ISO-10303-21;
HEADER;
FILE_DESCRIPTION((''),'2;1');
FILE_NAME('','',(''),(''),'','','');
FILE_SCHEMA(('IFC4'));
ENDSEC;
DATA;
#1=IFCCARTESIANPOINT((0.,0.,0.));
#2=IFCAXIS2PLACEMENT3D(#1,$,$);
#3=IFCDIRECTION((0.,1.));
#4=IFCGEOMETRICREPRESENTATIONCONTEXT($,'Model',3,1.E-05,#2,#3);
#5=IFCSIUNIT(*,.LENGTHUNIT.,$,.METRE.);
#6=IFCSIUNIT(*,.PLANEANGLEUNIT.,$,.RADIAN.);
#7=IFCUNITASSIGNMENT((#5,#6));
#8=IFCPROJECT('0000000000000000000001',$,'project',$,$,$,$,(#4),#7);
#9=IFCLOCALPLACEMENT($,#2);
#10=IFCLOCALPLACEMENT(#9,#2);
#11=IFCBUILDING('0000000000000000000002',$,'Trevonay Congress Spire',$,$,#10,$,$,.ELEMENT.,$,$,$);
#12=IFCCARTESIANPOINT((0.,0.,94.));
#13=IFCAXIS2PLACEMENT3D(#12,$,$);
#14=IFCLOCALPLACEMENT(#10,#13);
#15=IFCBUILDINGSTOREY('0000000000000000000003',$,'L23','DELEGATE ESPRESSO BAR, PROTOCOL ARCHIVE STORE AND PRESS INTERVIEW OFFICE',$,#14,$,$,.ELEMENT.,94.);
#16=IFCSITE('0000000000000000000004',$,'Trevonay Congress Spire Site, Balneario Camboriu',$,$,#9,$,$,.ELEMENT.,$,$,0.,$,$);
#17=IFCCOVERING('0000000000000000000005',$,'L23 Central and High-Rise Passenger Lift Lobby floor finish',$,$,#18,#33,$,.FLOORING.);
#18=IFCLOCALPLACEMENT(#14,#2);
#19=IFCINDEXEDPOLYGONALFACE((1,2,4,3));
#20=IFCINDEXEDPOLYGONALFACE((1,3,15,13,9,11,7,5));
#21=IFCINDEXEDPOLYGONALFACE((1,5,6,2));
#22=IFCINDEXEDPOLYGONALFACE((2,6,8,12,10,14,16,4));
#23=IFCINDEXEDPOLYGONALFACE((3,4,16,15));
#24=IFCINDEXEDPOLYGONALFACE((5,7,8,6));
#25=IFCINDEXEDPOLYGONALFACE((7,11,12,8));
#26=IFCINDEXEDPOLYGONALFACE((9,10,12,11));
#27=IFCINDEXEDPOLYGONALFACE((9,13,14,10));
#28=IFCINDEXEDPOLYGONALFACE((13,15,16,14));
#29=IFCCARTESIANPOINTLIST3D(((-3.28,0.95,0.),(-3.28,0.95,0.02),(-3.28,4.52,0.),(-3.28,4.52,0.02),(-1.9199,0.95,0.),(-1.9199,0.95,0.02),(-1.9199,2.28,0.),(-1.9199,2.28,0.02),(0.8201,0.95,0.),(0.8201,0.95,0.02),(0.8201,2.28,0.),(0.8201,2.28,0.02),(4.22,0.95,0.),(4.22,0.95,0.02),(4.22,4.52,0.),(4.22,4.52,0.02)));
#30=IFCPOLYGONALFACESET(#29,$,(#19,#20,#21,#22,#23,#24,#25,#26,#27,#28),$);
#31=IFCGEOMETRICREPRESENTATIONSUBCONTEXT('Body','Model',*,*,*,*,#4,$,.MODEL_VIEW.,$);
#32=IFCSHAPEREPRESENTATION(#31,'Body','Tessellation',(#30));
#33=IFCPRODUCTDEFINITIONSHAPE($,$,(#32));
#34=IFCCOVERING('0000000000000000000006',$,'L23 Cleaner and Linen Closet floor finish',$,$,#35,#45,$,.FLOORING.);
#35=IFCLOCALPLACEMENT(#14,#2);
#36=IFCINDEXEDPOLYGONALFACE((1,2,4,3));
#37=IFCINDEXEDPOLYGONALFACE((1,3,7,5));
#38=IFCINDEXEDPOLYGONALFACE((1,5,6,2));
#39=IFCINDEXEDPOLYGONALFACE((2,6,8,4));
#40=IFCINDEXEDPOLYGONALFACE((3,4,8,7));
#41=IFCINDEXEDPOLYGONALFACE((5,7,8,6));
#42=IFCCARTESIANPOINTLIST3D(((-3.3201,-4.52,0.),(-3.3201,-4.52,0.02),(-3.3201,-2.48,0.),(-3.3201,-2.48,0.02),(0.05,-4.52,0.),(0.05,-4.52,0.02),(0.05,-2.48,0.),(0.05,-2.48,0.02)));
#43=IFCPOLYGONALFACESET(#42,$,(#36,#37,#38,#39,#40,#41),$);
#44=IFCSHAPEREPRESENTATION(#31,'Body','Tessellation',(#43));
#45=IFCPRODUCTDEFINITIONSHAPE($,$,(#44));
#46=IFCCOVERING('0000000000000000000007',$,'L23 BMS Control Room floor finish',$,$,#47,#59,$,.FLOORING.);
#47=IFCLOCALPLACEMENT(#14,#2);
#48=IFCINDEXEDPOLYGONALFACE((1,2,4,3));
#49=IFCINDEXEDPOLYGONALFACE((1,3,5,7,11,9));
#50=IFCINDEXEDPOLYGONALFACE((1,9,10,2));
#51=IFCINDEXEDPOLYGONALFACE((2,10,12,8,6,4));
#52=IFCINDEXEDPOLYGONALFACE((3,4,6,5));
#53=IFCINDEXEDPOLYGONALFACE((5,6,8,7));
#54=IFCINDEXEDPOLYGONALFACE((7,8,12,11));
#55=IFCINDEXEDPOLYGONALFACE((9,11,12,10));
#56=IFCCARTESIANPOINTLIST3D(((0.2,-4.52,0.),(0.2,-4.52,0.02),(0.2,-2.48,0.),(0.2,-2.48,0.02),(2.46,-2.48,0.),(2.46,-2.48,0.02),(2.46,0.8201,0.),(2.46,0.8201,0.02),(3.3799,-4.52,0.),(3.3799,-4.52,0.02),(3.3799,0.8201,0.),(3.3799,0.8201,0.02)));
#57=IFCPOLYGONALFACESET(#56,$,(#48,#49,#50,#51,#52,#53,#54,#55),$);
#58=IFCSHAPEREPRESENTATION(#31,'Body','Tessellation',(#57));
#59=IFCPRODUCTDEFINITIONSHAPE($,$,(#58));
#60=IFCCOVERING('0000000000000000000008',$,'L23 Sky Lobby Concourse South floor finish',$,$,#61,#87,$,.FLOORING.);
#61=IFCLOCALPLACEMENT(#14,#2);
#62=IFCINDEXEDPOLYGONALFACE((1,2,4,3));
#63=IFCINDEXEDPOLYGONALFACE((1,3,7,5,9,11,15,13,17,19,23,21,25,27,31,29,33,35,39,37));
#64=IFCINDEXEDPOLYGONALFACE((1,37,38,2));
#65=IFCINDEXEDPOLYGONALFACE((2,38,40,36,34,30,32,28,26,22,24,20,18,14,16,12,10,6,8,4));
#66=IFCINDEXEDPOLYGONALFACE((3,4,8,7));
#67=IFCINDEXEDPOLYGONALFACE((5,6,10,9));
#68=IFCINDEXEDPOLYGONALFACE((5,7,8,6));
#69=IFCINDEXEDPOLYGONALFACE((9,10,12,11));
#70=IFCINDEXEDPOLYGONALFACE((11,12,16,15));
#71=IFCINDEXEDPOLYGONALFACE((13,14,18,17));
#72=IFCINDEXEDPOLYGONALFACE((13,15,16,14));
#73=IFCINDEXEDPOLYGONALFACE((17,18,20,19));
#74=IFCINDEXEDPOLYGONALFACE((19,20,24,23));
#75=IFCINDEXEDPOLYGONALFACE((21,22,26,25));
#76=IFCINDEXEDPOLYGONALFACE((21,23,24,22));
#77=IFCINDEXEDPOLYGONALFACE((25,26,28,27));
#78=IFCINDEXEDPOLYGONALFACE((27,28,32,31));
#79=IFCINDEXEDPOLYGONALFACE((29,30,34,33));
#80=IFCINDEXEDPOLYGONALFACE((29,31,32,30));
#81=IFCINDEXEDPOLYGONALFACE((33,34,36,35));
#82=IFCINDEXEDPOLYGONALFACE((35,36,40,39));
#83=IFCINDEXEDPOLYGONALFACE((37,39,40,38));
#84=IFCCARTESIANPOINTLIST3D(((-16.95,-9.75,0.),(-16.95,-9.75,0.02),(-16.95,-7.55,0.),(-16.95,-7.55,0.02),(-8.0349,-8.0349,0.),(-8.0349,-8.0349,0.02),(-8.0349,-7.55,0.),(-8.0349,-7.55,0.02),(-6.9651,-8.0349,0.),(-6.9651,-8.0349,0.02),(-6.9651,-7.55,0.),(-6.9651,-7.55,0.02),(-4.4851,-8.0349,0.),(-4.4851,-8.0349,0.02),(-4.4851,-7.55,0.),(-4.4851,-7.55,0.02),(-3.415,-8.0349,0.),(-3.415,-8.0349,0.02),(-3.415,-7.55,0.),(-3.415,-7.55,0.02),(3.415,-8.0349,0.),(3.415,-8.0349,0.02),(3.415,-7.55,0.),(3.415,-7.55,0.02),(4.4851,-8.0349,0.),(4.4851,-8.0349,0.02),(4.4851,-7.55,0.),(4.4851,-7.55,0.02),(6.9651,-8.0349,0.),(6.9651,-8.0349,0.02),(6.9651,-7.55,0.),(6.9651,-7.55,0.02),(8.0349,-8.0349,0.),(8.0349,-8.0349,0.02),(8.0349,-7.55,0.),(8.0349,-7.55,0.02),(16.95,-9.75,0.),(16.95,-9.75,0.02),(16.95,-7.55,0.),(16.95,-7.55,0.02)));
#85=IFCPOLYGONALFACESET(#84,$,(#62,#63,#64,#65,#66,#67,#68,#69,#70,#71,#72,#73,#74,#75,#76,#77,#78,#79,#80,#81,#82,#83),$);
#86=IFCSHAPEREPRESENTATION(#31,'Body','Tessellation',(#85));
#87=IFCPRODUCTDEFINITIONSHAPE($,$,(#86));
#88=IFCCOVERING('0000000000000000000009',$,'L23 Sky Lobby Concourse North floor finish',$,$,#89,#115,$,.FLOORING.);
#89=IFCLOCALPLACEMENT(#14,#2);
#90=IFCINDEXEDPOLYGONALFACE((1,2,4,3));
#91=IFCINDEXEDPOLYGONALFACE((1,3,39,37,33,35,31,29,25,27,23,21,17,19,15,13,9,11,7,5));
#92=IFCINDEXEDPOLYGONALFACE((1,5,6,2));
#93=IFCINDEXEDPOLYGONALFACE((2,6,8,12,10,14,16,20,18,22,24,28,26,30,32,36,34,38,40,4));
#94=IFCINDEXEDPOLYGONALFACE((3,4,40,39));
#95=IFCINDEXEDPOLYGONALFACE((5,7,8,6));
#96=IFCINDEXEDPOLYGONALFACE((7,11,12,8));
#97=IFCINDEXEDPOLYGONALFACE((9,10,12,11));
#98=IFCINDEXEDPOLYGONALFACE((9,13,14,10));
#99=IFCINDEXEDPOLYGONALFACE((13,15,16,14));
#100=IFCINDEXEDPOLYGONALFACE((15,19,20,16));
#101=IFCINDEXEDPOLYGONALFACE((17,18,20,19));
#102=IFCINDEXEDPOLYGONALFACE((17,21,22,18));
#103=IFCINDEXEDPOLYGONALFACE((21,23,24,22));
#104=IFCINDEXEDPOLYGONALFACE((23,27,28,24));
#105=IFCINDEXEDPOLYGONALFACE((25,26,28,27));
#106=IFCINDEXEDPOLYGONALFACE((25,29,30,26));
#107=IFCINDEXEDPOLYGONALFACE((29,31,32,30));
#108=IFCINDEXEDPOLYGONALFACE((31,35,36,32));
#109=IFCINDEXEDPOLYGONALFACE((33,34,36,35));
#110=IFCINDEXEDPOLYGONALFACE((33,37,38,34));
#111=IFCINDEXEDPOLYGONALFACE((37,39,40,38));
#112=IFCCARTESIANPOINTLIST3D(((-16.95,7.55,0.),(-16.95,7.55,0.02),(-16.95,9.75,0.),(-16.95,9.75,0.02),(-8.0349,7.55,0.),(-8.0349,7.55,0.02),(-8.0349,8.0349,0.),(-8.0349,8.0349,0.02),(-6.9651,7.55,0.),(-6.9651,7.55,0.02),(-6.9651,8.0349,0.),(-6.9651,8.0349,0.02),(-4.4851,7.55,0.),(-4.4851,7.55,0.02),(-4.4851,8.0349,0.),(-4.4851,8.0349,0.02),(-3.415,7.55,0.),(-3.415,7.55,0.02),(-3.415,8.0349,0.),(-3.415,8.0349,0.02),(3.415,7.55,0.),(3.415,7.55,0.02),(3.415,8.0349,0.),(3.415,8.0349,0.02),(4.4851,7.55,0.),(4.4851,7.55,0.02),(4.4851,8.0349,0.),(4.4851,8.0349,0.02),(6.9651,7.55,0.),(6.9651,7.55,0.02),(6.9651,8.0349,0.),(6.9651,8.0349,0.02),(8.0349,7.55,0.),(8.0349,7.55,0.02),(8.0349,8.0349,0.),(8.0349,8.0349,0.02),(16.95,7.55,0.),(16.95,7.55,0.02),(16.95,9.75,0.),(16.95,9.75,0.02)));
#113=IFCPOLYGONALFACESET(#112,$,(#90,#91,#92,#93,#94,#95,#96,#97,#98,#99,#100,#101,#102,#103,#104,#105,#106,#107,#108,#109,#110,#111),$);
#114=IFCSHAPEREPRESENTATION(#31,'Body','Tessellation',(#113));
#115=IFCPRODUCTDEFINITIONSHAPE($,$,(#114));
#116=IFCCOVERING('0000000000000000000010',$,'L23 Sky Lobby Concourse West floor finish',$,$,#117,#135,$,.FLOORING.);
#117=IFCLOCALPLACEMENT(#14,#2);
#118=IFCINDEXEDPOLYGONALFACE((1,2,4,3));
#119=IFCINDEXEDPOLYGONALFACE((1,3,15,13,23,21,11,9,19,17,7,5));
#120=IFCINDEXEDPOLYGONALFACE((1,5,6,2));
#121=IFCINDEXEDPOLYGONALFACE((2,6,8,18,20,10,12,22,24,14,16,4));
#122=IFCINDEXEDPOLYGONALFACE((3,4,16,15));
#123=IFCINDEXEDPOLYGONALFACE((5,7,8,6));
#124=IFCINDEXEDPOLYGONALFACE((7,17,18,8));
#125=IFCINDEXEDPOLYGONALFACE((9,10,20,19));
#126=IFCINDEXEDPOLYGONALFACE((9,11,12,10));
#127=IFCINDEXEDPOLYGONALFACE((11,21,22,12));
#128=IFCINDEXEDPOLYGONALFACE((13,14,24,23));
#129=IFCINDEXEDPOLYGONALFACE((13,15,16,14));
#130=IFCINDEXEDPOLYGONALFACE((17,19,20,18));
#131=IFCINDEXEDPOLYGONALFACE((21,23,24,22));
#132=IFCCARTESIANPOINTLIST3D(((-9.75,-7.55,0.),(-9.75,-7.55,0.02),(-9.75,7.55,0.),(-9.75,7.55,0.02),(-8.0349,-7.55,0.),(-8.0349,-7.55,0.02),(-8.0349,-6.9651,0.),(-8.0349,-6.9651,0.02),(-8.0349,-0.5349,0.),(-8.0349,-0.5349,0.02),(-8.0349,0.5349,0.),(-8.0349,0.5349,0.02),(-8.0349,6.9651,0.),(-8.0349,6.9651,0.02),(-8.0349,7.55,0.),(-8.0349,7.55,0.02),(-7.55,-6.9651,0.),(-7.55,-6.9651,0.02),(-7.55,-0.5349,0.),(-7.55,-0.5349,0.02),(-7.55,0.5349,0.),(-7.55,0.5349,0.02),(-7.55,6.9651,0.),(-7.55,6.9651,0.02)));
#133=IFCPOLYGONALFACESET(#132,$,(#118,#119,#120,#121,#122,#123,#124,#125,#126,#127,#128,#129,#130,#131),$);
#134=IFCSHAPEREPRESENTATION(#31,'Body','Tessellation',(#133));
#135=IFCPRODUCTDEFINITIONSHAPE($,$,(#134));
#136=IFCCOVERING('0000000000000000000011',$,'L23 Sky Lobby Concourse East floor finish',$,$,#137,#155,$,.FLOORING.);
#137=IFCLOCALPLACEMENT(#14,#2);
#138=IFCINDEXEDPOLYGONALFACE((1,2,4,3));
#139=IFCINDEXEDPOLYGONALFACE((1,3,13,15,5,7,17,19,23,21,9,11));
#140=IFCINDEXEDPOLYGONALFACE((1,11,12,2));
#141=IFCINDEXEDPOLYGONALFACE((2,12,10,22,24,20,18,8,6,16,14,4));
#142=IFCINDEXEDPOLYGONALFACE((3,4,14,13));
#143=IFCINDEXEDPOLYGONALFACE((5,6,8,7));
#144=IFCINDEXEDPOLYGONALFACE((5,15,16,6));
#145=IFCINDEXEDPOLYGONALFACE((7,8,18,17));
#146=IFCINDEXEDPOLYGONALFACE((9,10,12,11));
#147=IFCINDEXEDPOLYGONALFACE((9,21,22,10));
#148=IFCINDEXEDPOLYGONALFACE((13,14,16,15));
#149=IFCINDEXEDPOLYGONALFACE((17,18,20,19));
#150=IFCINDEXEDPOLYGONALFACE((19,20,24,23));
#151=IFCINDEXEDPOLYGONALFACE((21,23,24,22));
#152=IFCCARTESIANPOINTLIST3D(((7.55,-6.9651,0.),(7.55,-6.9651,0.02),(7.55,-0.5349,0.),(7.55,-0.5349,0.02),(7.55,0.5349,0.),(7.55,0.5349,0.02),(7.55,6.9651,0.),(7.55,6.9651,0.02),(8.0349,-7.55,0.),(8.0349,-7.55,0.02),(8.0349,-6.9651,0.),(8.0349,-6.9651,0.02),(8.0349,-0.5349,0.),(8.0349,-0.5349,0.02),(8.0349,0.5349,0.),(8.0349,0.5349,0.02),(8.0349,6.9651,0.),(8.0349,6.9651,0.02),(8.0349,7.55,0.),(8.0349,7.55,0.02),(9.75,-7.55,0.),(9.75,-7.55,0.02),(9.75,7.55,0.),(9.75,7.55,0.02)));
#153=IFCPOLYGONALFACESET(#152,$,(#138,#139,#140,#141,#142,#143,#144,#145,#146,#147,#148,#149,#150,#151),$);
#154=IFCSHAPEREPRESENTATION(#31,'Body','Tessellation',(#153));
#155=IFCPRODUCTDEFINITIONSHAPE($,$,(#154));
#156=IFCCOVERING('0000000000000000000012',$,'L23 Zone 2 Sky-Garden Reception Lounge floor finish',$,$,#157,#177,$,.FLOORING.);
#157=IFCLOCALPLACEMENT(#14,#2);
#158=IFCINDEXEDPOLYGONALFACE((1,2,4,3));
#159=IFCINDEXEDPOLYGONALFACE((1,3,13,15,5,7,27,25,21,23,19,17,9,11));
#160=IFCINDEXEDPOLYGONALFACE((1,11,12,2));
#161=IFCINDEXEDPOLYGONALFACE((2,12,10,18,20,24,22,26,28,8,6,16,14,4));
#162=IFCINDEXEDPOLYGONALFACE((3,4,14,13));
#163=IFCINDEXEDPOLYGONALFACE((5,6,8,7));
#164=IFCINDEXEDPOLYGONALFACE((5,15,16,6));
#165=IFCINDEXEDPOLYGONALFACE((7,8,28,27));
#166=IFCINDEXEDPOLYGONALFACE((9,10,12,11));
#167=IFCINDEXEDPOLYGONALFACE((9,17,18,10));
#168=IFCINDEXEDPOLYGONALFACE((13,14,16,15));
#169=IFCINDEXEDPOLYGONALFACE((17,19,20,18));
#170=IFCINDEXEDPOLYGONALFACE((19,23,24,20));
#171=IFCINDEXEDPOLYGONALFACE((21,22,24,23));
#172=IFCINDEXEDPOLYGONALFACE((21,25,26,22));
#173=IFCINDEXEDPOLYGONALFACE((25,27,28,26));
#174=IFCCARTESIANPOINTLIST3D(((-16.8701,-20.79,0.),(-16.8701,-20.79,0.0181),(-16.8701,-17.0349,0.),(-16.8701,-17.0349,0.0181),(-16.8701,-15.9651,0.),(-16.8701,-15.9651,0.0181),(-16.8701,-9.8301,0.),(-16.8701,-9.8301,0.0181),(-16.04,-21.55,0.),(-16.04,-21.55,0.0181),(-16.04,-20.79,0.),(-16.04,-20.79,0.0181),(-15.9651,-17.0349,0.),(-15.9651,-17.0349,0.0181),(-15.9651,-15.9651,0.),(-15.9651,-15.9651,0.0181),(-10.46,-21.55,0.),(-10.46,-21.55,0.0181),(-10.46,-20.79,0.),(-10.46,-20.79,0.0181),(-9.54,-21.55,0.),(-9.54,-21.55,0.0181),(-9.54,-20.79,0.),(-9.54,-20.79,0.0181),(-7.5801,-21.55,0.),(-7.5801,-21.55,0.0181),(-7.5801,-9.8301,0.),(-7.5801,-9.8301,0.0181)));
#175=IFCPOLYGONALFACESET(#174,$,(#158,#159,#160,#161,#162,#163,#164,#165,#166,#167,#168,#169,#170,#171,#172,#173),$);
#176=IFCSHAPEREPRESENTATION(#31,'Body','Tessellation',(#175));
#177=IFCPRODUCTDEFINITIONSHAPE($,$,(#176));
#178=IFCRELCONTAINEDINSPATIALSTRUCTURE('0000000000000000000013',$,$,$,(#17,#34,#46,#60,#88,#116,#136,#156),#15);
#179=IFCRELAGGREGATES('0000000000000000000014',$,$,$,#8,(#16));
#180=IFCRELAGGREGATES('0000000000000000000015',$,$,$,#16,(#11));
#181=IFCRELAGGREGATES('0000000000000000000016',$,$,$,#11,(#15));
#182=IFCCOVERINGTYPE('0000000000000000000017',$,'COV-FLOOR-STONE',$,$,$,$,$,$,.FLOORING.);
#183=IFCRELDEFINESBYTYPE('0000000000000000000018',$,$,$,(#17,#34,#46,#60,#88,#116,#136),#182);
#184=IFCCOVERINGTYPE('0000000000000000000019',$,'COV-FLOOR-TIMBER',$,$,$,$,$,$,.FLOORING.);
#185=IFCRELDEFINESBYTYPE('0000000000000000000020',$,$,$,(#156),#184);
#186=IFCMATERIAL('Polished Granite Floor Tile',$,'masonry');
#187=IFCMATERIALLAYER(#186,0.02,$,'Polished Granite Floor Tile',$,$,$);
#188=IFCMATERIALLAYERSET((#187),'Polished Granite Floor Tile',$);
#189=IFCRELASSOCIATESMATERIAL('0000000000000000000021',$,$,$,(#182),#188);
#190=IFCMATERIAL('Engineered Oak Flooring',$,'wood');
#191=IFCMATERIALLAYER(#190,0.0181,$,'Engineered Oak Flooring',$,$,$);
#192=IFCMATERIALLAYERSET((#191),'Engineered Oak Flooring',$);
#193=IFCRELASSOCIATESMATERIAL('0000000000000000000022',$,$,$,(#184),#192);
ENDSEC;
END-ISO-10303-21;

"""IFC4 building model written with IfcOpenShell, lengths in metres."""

from ifc_helpers import new_model, si_unit, direction, frame, origin, place, context, subcontext, project, spatial, polyline, outline, extrude, material, layer, layer_set, type_object, element, save


model = new_model("IFC4")

# Units and contexts
model_context = context("Model", 3, precision=1e-05, world=origin(), true_north=direction((0.0, 1.0)))
body_context = subcontext(model_context, "Body", "Model", "MODEL_VIEW")
ifc_project = project(units=[si_unit("LENGTHUNIT", "METRE"), si_unit("PLANEANGLEUNIT", "RADIAN")], contexts=[model_context])

# Site, building, storey
site_placement = place(None, origin())
site = spatial("IfcSite", under=ifc_project, at=site_placement, Name="Trevonay Congress Spire Site, Balneario Camboriu", CompositionType="ELEMENT", RefElevation=0.0)
building_placement = place(site_placement, origin())
building = spatial("IfcBuilding", under=site, at=building_placement, Name="Trevonay Congress Spire", CompositionType="ELEMENT")
storey_placement = place(building_placement, frame((0.0, 0.0, 94.0)))
storey = spatial("IfcBuildingStorey", under=building, at=storey_placement, Name="L23", Description="DELEGATE ESPRESSO BAR, PROTOCOL ARCHIVE STORE AND PRESS INTERVIEW OFFICE", CompositionType="ELEMENT", Elevation=94.0)

# Coverings
ifc_material_1 = material(Name="Polished Granite Floor Tile", Category="masonry")
ifc_layer_1 = layer(ifc_material_1, 0.02, Name="Polished Granite Floor Tile")
ifc_layer_set_1 = layer_set([ifc_layer_1], Name="Polished Granite Floor Tile")
covering_type_1 = type_object("IfcCoveringType", Name="COV-FLOOR-STONE", PredefinedType="FLOORING", material=ifc_layer_set_1)
covering_1_placement = place(storey_placement, origin())
element("IfcCovering", 1, at=covering_1_placement, inside=storey, type_object=covering_type_1, Name="L23 Central and High-Rise Passenger Lift Lobby floor finish", PredefinedType="FLOORING", context=body_context, shape_type="SweptSolid", body=[
    extrude(outline(polyline([(-3.28, 0.95), (-1.9199, 0.95), (-1.9199, 2.28), (0.8201, 2.28), (0.8201, 0.95), (4.22, 0.95), (4.22, 4.52), (-3.28, 4.52), (-3.28, 0.95)])), origin(), (0.0, 0.0, 1.0), 0.02),
])
covering_2_placement = place(storey_placement, origin())
element("IfcCovering", 2, at=covering_2_placement, inside=storey, type_object=covering_type_1, Name="L23 Cleaner and Linen Closet floor finish", PredefinedType="FLOORING", context=body_context, shape_type="SweptSolid", body=[
    extrude(outline(polyline([(-3.3201, -4.52), (0.05, -4.52), (0.05, -2.48), (-3.3201, -2.48), (-3.3201, -4.52)])), origin(), (0.0, 0.0, 1.0), 0.02),
])
covering_3_placement = place(storey_placement, origin())
element("IfcCovering", 3, at=covering_3_placement, inside=storey, type_object=covering_type_1, Name="L23 BMS Control Room floor finish", PredefinedType="FLOORING", context=body_context, shape_type="SweptSolid", body=[
    extrude(outline(polyline([(0.2, -4.52), (3.3799, -4.52), (3.3799, 0.8201), (2.46, 0.8201), (2.46, -2.48), (0.2, -2.48), (0.2, -4.52)])), origin(), (0.0, 0.0, 1.0), 0.02),
])
covering_4_placement = place(storey_placement, origin())
element("IfcCovering", 4, at=covering_4_placement, inside=storey, type_object=covering_type_1, Name="L23 Sky Lobby Concourse South floor finish", PredefinedType="FLOORING", context=body_context, shape_type="SweptSolid", body=[
    extrude(outline(polyline([(16.95, -7.55), (16.95, -9.75), (-16.95, -9.75), (-16.95, -7.55), (-8.0349, -7.55), (-8.0349, -8.0349), (-6.9651, -8.0349), (-6.9651, -7.55), (-4.4851, -7.55), (-4.4851, -8.0349), (-3.415, -8.0349), (-3.415, -7.55), (3.415, -7.55), (3.415, -8.0349), (4.4851, -8.0349), (4.4851, -7.55), (6.9651, -7.55), (6.9651, -8.0349), (8.0349, -8.0349), (8.0349, -7.55), (16.95, -7.55)])), origin(), (0.0, 0.0, 1.0), 0.02),
])
covering_5_placement = place(storey_placement, origin())
element("IfcCovering", 5, at=covering_5_placement, inside=storey, type_object=covering_type_1, Name="L23 Sky Lobby Concourse North floor finish", PredefinedType="FLOORING", context=body_context, shape_type="SweptSolid", body=[
    extrude(outline(polyline([(-16.95, 7.55), (-16.95, 9.75), (16.95, 9.75), (16.95, 7.55), (8.0349, 7.55), (8.0349, 8.0349), (6.9651, 8.0349), (6.9651, 7.55), (4.4851, 7.55), (4.4851, 8.0349), (3.415, 8.0349), (3.415, 7.55), (-3.415, 7.55), (-3.415, 8.0349), (-4.4851, 8.0349), (-4.4851, 7.55), (-6.9651, 7.55), (-6.9651, 8.0349), (-8.0349, 8.0349), (-8.0349, 7.55), (-16.95, 7.55)])), origin(), (0.0, 0.0, 1.0), 0.02),
])
covering_6_placement = place(storey_placement, origin())
element("IfcCovering", 6, at=covering_6_placement, inside=storey, type_object=covering_type_1, Name="L23 Sky Lobby Concourse West floor finish", PredefinedType="FLOORING", context=body_context, shape_type="SweptSolid", body=[
    extrude(outline(polyline([(-9.75, 7.55), (-8.0349, 7.55), (-8.0349, 6.9651), (-7.55, 6.9651), (-7.55, 0.5349), (-8.0349, 0.5349), (-8.0349, -0.5349), (-7.55, -0.5349), (-7.55, -6.9651), (-8.0349, -6.9651), (-8.0349, -7.55), (-9.75, -7.55), (-9.75, 7.55)])), origin(), (0.0, 0.0, 1.0), 0.02),
])
covering_7_placement = place(storey_placement, origin())
element("IfcCovering", 7, at=covering_7_placement, inside=storey, type_object=covering_type_1, Name="L23 Sky Lobby Concourse East floor finish", PredefinedType="FLOORING", context=body_context, shape_type="SweptSolid", body=[
    extrude(outline(polyline([(9.75, -7.55), (8.0349, -7.55), (8.0349, -6.9651), (7.55, -6.9651), (7.55, -0.5349), (8.0349, -0.5349), (8.0349, 0.5349), (7.55, 0.5349), (7.55, 6.9651), (8.0349, 6.9651), (8.0349, 7.55), (9.75, 7.55), (9.75, -7.55)])), origin(), (0.0, 0.0, 1.0), 0.02),
])
ifc_material_2 = material(Name="Engineered Oak Flooring", Category="wood")
ifc_layer_2 = layer(ifc_material_2, 0.0181, Name="Engineered Oak Flooring")
ifc_layer_set_2 = layer_set([ifc_layer_2], Name="Engineered Oak Flooring")
covering_type_2 = type_object("IfcCoveringType", Name="COV-FLOOR-TIMBER", PredefinedType="FLOORING", material=ifc_layer_set_2)
covering_8_placement = place(storey_placement, origin())
element("IfcCovering", 8, at=covering_8_placement, inside=storey, type_object=covering_type_2, Name="L23 Zone 2 Sky-Garden Reception Lounge floor finish", PredefinedType="FLOORING", context=body_context, shape_type="SweptSolid", body=[
    extrude(outline(polyline([(-16.04, -21.55), (-16.04, -20.79), (-16.8701, -20.79), (-16.8701, -17.0349), (-15.9651, -17.0349), (-15.9651, -15.9651), (-16.8701, -15.9651), (-16.8701, -9.8301), (-7.5801, -9.8301), (-7.5801, -21.55), (-9.54, -21.55), (-9.54, -20.79), (-10.46, -20.79), (-10.46, -21.55), (-16.04, -21.55)])), origin(), (0.0, 0.0, 1.0), 0.0181),
])

save(model, "model.ifc")
